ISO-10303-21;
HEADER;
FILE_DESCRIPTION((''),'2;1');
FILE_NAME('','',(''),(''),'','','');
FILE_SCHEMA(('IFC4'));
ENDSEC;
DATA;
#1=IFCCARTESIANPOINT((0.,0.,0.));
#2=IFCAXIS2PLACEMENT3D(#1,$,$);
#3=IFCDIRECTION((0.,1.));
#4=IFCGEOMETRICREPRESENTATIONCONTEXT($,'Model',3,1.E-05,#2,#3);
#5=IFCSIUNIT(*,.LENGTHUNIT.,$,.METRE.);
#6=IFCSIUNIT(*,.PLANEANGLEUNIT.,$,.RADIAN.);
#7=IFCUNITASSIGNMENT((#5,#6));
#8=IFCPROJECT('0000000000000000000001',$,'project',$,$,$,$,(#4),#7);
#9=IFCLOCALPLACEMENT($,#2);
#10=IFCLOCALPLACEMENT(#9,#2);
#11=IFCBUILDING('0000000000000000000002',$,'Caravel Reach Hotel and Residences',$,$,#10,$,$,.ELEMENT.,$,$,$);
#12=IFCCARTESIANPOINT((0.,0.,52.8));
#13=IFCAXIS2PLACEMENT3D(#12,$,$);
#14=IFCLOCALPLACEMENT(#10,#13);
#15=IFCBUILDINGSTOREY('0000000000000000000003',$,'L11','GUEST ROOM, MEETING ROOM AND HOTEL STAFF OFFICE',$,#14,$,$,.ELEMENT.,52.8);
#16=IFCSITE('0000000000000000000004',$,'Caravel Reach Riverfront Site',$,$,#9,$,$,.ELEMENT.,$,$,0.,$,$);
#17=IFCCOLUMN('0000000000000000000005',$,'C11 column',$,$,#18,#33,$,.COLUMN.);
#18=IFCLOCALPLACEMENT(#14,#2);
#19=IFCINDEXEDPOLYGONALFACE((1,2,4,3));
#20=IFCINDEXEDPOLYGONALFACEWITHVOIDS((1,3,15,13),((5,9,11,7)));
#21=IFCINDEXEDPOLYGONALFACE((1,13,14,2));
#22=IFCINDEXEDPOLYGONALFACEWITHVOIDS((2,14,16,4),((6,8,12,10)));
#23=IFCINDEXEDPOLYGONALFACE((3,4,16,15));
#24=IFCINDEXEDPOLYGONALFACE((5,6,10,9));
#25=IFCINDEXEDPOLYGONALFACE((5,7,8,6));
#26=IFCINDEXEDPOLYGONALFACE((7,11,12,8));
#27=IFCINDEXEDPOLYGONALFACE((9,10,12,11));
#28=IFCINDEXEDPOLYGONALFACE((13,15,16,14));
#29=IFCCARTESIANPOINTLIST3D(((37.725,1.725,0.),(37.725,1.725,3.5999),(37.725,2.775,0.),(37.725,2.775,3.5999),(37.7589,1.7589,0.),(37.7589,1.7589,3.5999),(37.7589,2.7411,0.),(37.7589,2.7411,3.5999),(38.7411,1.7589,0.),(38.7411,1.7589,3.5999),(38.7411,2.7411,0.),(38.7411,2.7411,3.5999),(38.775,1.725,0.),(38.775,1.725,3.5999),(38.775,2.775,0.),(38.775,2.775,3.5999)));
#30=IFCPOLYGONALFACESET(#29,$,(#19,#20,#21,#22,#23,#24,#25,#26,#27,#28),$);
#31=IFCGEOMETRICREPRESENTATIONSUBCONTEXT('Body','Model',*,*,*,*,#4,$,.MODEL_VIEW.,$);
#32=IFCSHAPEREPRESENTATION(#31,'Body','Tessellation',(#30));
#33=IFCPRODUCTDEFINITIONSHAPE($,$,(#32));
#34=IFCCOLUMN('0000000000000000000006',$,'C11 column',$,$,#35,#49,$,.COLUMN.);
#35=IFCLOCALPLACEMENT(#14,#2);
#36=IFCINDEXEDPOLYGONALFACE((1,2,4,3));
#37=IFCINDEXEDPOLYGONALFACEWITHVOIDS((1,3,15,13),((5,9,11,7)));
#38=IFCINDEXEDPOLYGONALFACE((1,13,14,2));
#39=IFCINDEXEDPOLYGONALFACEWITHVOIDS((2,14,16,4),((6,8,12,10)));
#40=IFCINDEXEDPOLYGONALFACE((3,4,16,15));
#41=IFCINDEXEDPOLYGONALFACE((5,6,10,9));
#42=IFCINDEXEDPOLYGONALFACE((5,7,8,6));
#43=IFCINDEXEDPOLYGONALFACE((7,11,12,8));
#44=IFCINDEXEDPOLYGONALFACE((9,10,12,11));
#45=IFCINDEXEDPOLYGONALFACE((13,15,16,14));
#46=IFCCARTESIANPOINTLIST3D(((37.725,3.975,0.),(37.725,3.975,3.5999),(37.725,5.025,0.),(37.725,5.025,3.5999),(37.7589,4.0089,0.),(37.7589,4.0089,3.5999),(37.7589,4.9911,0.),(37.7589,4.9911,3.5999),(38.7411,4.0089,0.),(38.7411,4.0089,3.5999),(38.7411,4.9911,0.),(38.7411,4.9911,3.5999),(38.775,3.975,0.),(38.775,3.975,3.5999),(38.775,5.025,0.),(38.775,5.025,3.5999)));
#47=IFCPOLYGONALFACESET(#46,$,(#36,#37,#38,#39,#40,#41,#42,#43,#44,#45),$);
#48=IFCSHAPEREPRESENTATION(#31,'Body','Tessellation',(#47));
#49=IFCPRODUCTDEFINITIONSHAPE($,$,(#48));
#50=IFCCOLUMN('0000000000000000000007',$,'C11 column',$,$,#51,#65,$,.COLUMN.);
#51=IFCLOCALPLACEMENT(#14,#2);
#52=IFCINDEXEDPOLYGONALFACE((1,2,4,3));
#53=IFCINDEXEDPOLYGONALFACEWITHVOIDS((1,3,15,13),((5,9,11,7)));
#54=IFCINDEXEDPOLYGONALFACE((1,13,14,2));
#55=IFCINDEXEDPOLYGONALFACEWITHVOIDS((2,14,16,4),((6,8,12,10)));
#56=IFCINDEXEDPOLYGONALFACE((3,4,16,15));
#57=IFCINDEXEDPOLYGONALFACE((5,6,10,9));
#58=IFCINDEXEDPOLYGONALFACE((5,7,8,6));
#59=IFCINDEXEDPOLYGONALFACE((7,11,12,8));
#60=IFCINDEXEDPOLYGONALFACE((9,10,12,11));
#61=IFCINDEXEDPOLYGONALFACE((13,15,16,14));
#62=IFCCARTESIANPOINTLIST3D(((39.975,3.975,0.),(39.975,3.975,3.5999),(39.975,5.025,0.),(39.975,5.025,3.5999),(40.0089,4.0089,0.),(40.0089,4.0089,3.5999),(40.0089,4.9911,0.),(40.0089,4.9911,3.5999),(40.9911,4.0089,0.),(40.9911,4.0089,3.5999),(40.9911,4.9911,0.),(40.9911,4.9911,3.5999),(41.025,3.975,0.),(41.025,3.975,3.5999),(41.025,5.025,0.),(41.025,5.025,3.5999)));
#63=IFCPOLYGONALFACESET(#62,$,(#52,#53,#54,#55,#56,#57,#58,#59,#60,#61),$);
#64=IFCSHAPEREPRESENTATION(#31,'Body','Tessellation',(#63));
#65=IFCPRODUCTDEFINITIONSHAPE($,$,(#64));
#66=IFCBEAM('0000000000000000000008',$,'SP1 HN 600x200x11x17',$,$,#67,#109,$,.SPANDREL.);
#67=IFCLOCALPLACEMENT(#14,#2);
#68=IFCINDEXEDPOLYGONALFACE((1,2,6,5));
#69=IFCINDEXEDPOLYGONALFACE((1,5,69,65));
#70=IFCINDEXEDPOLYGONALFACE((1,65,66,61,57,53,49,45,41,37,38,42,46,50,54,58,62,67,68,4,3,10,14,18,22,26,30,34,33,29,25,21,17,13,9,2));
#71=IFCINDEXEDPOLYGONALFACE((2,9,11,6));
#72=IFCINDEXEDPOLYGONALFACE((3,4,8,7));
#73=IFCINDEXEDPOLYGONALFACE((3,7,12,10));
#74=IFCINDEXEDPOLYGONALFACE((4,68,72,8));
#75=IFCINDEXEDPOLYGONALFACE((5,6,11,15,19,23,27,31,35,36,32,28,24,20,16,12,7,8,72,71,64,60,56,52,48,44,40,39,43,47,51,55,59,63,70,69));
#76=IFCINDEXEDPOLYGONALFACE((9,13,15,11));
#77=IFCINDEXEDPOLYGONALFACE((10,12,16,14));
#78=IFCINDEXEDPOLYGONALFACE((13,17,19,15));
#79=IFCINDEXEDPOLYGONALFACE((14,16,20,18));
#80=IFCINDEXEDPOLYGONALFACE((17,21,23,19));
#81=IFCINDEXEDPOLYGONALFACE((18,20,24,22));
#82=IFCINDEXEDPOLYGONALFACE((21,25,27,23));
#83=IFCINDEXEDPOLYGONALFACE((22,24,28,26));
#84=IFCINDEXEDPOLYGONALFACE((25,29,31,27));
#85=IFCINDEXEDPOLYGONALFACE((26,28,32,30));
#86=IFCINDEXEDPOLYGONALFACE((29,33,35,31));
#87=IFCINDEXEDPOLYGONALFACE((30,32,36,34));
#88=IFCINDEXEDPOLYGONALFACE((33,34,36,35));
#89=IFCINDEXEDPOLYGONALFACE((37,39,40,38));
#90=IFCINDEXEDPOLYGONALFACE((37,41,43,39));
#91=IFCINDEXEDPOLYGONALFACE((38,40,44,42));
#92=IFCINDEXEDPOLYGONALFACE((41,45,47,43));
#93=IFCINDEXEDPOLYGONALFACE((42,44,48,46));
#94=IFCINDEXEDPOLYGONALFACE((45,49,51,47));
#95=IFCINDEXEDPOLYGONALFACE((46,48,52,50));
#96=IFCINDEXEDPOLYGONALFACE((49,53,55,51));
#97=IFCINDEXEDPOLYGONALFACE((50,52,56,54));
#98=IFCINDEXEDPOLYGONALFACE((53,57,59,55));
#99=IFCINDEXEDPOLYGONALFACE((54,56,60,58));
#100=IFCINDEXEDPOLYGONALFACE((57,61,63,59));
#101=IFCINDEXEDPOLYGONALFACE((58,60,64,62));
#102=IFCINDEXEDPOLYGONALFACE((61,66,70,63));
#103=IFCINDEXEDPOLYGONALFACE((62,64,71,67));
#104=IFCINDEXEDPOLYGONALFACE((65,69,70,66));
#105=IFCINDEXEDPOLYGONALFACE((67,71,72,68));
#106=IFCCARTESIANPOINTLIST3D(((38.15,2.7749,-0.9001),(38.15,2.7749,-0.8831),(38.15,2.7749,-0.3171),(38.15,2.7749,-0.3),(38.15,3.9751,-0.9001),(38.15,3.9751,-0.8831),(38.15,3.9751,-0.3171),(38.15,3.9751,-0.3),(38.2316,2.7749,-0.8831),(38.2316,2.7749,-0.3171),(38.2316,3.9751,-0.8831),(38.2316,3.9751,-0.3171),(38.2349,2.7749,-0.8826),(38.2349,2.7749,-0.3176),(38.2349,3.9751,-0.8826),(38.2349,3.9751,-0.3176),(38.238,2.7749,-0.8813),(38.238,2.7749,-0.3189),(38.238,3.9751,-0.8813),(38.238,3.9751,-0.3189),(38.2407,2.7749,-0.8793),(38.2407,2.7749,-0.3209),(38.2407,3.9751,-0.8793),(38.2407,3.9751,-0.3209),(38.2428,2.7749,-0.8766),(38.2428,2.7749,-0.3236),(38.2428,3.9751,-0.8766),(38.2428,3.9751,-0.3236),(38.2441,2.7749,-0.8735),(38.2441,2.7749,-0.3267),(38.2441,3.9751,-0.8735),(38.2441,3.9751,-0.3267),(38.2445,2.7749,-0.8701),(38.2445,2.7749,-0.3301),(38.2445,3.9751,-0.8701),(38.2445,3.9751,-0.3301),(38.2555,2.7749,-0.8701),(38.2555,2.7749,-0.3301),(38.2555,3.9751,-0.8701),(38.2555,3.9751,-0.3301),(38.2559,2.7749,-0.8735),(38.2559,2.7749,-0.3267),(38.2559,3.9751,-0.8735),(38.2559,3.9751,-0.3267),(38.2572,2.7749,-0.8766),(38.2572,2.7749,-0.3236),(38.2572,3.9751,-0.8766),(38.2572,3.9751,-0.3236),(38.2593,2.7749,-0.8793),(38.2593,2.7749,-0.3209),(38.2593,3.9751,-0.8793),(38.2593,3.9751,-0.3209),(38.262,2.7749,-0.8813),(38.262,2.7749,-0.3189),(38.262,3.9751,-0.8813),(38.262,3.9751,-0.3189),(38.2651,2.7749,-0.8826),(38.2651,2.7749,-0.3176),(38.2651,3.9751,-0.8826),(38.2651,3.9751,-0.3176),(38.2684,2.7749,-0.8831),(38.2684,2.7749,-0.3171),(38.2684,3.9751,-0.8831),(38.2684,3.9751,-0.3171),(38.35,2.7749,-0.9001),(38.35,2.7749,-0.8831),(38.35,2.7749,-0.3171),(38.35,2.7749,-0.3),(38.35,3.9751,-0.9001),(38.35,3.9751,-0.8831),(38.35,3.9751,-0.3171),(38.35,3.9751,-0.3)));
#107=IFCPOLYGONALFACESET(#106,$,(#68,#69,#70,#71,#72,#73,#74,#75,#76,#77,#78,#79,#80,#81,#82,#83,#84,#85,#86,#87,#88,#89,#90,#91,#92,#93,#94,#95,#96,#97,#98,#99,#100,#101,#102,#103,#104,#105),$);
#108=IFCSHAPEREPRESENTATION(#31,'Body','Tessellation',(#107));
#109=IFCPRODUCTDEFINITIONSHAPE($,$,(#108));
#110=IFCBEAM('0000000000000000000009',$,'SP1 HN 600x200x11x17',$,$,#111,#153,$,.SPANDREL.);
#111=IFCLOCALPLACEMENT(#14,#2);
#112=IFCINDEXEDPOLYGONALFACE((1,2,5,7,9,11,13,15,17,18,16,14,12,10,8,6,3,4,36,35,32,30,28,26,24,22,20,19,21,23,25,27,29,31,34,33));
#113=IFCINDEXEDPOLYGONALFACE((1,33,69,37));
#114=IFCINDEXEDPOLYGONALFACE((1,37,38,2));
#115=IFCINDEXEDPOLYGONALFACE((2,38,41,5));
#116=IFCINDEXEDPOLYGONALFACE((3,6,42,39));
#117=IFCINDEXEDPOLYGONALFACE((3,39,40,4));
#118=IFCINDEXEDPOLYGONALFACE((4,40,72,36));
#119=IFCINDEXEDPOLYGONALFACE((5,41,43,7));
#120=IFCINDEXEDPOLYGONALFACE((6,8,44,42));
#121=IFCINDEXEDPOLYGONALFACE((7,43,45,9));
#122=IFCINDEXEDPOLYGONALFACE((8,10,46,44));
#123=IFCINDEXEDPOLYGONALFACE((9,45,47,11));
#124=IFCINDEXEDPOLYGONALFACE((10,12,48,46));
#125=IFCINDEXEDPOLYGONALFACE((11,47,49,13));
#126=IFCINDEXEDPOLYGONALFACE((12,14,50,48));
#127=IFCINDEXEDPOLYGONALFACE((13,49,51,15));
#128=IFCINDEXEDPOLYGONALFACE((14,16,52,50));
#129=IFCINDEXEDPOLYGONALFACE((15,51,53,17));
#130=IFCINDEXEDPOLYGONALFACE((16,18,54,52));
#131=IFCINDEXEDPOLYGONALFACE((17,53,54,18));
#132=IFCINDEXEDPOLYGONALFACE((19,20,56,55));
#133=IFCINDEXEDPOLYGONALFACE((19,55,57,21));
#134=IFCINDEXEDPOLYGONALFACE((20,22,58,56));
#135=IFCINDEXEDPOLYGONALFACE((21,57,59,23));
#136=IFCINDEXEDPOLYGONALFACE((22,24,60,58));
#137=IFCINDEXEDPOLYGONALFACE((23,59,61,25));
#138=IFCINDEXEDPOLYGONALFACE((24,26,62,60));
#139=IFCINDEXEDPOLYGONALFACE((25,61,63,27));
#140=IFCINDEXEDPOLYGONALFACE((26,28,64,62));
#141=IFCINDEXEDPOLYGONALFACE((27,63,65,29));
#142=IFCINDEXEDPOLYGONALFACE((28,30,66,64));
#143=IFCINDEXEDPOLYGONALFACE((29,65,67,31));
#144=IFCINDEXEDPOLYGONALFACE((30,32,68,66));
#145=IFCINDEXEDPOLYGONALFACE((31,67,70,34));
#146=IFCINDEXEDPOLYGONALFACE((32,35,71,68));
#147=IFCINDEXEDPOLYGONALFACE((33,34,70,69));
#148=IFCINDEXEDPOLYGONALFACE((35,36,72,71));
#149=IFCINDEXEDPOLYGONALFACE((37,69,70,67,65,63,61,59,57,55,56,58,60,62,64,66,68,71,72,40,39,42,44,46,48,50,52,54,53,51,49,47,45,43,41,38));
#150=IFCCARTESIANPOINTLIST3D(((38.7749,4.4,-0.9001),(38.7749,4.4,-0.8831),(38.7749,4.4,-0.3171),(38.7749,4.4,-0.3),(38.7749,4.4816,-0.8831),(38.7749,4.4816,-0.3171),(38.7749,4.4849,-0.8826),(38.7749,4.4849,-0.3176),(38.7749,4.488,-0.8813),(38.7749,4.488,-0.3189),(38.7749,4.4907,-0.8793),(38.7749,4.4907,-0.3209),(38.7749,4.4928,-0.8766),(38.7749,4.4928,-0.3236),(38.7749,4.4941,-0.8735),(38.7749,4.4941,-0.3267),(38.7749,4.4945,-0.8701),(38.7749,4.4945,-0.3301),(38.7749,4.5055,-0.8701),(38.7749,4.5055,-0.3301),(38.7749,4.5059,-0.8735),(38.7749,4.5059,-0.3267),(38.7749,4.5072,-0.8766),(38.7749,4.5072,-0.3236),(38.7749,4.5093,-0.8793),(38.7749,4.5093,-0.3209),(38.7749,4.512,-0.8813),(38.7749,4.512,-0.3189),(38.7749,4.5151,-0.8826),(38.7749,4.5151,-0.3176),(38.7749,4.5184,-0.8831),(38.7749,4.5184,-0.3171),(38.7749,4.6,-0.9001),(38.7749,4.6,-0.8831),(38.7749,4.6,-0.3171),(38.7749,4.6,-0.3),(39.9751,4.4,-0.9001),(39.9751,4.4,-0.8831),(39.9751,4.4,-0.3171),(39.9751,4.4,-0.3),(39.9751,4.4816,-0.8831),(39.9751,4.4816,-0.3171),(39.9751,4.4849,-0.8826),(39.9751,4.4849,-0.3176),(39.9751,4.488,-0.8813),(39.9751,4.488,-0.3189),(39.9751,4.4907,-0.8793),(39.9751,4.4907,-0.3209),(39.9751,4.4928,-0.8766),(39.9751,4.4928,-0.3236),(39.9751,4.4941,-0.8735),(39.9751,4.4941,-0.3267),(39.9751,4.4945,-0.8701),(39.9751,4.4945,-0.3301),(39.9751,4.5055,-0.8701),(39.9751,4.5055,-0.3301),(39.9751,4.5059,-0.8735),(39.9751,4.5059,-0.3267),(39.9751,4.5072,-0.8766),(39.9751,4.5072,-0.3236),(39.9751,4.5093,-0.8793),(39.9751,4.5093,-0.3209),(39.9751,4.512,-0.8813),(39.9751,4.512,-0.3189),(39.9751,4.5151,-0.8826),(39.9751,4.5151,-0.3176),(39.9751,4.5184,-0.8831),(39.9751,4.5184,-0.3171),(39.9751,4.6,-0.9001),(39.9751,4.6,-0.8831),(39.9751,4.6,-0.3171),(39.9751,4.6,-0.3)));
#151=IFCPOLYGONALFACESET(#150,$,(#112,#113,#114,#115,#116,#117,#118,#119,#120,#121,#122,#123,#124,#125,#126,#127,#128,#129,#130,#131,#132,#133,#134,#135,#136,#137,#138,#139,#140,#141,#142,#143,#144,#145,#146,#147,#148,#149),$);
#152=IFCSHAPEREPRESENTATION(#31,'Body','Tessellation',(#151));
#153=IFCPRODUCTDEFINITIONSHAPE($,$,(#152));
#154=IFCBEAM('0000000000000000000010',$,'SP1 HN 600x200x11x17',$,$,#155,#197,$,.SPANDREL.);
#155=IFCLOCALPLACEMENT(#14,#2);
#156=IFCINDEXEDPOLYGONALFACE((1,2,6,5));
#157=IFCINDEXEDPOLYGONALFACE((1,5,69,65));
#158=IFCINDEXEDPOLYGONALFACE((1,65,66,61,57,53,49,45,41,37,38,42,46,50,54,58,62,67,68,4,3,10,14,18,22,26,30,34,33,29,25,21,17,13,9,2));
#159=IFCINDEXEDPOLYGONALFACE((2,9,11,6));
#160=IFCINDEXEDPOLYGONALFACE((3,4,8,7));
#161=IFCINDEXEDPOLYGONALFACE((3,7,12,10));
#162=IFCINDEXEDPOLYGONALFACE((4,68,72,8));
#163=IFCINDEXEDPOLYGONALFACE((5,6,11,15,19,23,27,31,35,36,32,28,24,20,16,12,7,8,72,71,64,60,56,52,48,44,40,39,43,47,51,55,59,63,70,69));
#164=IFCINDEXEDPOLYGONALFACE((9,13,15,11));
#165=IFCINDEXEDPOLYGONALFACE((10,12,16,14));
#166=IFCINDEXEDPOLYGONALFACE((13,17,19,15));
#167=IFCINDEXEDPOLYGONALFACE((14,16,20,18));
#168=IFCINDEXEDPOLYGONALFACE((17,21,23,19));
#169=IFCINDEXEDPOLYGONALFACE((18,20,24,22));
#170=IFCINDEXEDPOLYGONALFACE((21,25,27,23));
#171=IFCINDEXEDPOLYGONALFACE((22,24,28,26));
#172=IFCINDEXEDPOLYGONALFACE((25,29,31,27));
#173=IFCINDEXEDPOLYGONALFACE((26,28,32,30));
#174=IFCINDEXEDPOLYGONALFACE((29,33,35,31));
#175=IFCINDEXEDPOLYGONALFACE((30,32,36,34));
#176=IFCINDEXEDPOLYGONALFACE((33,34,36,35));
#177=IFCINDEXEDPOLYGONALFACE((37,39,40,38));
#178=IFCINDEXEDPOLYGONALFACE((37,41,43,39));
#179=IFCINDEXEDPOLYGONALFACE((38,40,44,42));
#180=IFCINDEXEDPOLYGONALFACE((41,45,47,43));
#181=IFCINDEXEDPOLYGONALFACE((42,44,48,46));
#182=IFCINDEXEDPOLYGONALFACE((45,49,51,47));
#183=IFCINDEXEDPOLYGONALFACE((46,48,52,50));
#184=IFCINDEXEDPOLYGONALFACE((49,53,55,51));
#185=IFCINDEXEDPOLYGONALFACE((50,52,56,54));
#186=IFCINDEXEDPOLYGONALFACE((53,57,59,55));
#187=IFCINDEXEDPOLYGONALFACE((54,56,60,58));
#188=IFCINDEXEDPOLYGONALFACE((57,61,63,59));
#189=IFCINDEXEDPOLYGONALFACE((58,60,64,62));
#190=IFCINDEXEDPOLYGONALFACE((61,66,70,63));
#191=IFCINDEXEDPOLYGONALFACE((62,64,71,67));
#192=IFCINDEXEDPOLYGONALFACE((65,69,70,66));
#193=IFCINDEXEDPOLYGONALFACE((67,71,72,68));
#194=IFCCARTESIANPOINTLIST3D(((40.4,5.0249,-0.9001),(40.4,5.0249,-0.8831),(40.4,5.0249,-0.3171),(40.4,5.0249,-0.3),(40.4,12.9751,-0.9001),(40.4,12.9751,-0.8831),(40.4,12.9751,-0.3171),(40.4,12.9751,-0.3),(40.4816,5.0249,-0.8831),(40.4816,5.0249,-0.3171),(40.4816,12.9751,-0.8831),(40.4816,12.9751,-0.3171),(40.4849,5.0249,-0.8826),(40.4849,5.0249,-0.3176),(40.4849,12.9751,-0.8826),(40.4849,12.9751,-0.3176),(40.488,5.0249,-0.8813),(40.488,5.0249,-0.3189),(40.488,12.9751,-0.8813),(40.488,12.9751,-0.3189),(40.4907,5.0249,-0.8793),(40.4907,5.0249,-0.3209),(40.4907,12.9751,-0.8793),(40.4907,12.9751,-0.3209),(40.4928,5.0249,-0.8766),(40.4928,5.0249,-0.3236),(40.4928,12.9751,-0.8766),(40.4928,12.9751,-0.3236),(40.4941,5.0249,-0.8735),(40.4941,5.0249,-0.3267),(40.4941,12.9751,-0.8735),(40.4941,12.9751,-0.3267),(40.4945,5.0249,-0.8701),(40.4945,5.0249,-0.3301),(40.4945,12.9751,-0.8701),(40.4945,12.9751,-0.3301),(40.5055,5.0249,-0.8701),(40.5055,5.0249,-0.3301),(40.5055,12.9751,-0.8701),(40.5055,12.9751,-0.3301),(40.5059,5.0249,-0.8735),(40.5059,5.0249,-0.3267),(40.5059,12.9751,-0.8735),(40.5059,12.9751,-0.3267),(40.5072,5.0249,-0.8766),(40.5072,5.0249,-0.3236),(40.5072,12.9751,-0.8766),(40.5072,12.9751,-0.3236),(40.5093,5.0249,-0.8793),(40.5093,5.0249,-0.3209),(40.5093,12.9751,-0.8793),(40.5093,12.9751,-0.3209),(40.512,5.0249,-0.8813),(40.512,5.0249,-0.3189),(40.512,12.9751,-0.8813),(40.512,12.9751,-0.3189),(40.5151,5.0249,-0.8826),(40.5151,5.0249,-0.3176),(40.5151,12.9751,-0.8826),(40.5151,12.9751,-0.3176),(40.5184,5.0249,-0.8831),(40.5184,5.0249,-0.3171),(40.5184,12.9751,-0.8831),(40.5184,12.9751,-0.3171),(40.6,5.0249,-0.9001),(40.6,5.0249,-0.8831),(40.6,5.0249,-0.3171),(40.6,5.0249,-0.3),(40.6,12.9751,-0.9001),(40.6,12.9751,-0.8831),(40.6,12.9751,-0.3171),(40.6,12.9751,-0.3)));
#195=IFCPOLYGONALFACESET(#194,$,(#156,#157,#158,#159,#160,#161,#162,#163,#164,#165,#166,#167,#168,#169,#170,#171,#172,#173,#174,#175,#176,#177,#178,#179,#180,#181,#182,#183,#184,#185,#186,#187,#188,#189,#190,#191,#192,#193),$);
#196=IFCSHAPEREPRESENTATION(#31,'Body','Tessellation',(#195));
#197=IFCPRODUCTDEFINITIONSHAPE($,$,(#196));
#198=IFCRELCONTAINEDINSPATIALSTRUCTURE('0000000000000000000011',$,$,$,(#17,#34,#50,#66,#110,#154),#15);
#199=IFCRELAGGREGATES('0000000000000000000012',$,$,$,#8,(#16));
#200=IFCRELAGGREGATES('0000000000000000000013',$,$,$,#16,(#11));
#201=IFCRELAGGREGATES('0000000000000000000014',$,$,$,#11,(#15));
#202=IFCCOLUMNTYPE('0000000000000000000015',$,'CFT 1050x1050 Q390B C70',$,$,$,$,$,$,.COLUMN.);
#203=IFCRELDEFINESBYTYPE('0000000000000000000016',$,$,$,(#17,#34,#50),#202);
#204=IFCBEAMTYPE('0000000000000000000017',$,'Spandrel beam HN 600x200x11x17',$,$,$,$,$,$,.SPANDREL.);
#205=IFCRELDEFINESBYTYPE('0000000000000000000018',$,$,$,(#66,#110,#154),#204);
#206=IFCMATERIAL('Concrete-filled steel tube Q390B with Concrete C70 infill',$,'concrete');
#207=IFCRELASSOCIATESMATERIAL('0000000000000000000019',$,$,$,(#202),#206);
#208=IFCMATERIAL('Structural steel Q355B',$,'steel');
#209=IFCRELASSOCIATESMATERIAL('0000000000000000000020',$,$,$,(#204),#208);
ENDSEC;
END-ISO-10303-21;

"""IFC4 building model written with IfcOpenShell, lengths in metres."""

from ifc_helpers import new_model, si_unit, direction, frame, origin, origin_2d, place, context, subcontext, project, spatial, hollow_rectangle, i_section, extrude, material, material_profile, profile_set, type_object, element, save


model = new_model("IFC4")

# Units and contexts
model_context = context("Model", 3, precision=1e-05, world=origin(), true_north=direction((0.0, 1.0)))
body_context = subcontext(model_context, "Body", "Model", "MODEL_VIEW")
ifc_project = project(units=[si_unit("LENGTHUNIT", "METRE"), si_unit("PLANEANGLEUNIT", "RADIAN")], contexts=[model_context])

# Site, building, storey
site_placement = place(None, origin())
site = spatial("IfcSite", under=ifc_project, at=site_placement, Name="Caravel Reach Riverfront Site", CompositionType="ELEMENT", RefElevation=0.0)
building_placement = place(site_placement, origin())
building = spatial("IfcBuilding", under=site, at=building_placement, Name="Caravel Reach Hotel and Residences", CompositionType="ELEMENT")
storey_placement = place(building_placement, frame((0.0, 0.0, 52.8)))
storey = spatial("IfcBuildingStorey", under=building, at=storey_placement, Name="L11", Description="GUEST ROOM, MEETING ROOM AND HOTEL STAFF OFFICE", CompositionType="ELEMENT", Elevation=52.8)

# Columns
ifc_material_1 = material(Name="Concrete-filled steel tube Q390B with Concrete C70 infill", Category="concrete")
ifc_material_profile_1 = material_profile(ifc_material_1, hollow_rectangle(XDim=1.05, YDim=1.05, WallThickness=0.0339, at=origin_2d()), Name="RHS 1050x1050x34")
ifc_profile_set_1 = profile_set([ifc_material_profile_1], Name="Concrete-filled steel tube Q390B with Concrete C70 infill")
column_type = type_object("IfcColumnType", Name="CFT 1050x1050 Q390B C70", PredefinedType="COLUMN", material=ifc_profile_set_1)
for number, where, z_axis, x_axis, name in (
    (1, (38.25, 2.25, 0.0), (0.0, 0.0, 1.0), (1.0, 0.0, 0.0), "C11 column"),
    (2, (38.25, 4.5, 0.0), (0.0, 0.0, 1.0), (1.0, 0.0, 0.0), "C11 column"),
    (3, (40.5, 4.5, 0.0), (0.0, 0.0, 1.0), (1.0, 0.0, 0.0), "C11 column"),
):
    element("IfcColumn", number, at=place(storey_placement, frame(where, z_axis=z_axis, x_axis=x_axis)), inside=storey, type_object=column_type, Name=name, PredefinedType="COLUMN", context=body_context, shape_type="SweptSolid", body=[
        extrude(hollow_rectangle(XDim=1.05, YDim=1.05, WallThickness=0.0339, at=origin_2d()), origin(), (0.0, 0.0, 1.0), 3.5999),
    ])

# Beams
ifc_material_2 = material(Name="Structural steel Q355B", Category="steel")
ifc_material_profile_2 = material_profile(ifc_material_2, i_section(OverallWidth=0.2, OverallDepth=0.6001, WebThickness=0.011, FlangeThickness=0.0171, FilletRadius=0.0129, at=origin_2d()), Name="HN 600x200x11x17")
ifc_profile_set_2 = profile_set([ifc_material_profile_2], Name="Structural steel Q355B")
beam_type = type_object("IfcBeamType", Name="Spandrel beam HN 600x200x11x17", PredefinedType="SPANDREL", material=ifc_profile_set_2)
for number, where, z_axis, x_axis, name in (
    (4, (38.25, 2.7749, -0.6001), (0.0, 1.0, 0.0), (-1.0, 0.0, 0.0), "SP1 HN 600x200x11x17"),
    (5, (38.7749, 4.5, -0.6001), (1.0, 0.0, 0.0), (0.0, 1.0, 0.0), "SP1 HN 600x200x11x17"),
):
    element("IfcBeam", number, at=place(storey_placement, frame(where, z_axis=z_axis, x_axis=x_axis)), inside=storey, type_object=beam_type, Name=name, PredefinedType="SPANDREL", context=body_context, shape_type="SweptSolid", body=[
        extrude(i_section(OverallWidth=0.2, OverallDepth=0.6001, WebThickness=0.011, FlangeThickness=0.0171, FilletRadius=0.0129, at=origin_2d()), origin(), (0.0, 0.0, 1.0), 1.2002),
    ])
beam_placement = place(storey_placement, frame((40.5, 5.0249, -0.6001), z_axis=(0.0, 1.0, 0.0), x_axis=(-1.0, 0.0, 0.0)))
element("IfcBeam", 6, at=beam_placement, inside=storey, type_object=beam_type, Name="SP1 HN 600x200x11x17", PredefinedType="SPANDREL", context=body_context, shape_type="SweptSolid", body=[
    extrude(i_section(OverallWidth=0.2, OverallDepth=0.6001, WebThickness=0.011, FlangeThickness=0.0171, FilletRadius=0.0129, at=origin_2d()), origin(), (0.0, 0.0, 1.0), 7.9502),
])

save(model, "model.ifc")
